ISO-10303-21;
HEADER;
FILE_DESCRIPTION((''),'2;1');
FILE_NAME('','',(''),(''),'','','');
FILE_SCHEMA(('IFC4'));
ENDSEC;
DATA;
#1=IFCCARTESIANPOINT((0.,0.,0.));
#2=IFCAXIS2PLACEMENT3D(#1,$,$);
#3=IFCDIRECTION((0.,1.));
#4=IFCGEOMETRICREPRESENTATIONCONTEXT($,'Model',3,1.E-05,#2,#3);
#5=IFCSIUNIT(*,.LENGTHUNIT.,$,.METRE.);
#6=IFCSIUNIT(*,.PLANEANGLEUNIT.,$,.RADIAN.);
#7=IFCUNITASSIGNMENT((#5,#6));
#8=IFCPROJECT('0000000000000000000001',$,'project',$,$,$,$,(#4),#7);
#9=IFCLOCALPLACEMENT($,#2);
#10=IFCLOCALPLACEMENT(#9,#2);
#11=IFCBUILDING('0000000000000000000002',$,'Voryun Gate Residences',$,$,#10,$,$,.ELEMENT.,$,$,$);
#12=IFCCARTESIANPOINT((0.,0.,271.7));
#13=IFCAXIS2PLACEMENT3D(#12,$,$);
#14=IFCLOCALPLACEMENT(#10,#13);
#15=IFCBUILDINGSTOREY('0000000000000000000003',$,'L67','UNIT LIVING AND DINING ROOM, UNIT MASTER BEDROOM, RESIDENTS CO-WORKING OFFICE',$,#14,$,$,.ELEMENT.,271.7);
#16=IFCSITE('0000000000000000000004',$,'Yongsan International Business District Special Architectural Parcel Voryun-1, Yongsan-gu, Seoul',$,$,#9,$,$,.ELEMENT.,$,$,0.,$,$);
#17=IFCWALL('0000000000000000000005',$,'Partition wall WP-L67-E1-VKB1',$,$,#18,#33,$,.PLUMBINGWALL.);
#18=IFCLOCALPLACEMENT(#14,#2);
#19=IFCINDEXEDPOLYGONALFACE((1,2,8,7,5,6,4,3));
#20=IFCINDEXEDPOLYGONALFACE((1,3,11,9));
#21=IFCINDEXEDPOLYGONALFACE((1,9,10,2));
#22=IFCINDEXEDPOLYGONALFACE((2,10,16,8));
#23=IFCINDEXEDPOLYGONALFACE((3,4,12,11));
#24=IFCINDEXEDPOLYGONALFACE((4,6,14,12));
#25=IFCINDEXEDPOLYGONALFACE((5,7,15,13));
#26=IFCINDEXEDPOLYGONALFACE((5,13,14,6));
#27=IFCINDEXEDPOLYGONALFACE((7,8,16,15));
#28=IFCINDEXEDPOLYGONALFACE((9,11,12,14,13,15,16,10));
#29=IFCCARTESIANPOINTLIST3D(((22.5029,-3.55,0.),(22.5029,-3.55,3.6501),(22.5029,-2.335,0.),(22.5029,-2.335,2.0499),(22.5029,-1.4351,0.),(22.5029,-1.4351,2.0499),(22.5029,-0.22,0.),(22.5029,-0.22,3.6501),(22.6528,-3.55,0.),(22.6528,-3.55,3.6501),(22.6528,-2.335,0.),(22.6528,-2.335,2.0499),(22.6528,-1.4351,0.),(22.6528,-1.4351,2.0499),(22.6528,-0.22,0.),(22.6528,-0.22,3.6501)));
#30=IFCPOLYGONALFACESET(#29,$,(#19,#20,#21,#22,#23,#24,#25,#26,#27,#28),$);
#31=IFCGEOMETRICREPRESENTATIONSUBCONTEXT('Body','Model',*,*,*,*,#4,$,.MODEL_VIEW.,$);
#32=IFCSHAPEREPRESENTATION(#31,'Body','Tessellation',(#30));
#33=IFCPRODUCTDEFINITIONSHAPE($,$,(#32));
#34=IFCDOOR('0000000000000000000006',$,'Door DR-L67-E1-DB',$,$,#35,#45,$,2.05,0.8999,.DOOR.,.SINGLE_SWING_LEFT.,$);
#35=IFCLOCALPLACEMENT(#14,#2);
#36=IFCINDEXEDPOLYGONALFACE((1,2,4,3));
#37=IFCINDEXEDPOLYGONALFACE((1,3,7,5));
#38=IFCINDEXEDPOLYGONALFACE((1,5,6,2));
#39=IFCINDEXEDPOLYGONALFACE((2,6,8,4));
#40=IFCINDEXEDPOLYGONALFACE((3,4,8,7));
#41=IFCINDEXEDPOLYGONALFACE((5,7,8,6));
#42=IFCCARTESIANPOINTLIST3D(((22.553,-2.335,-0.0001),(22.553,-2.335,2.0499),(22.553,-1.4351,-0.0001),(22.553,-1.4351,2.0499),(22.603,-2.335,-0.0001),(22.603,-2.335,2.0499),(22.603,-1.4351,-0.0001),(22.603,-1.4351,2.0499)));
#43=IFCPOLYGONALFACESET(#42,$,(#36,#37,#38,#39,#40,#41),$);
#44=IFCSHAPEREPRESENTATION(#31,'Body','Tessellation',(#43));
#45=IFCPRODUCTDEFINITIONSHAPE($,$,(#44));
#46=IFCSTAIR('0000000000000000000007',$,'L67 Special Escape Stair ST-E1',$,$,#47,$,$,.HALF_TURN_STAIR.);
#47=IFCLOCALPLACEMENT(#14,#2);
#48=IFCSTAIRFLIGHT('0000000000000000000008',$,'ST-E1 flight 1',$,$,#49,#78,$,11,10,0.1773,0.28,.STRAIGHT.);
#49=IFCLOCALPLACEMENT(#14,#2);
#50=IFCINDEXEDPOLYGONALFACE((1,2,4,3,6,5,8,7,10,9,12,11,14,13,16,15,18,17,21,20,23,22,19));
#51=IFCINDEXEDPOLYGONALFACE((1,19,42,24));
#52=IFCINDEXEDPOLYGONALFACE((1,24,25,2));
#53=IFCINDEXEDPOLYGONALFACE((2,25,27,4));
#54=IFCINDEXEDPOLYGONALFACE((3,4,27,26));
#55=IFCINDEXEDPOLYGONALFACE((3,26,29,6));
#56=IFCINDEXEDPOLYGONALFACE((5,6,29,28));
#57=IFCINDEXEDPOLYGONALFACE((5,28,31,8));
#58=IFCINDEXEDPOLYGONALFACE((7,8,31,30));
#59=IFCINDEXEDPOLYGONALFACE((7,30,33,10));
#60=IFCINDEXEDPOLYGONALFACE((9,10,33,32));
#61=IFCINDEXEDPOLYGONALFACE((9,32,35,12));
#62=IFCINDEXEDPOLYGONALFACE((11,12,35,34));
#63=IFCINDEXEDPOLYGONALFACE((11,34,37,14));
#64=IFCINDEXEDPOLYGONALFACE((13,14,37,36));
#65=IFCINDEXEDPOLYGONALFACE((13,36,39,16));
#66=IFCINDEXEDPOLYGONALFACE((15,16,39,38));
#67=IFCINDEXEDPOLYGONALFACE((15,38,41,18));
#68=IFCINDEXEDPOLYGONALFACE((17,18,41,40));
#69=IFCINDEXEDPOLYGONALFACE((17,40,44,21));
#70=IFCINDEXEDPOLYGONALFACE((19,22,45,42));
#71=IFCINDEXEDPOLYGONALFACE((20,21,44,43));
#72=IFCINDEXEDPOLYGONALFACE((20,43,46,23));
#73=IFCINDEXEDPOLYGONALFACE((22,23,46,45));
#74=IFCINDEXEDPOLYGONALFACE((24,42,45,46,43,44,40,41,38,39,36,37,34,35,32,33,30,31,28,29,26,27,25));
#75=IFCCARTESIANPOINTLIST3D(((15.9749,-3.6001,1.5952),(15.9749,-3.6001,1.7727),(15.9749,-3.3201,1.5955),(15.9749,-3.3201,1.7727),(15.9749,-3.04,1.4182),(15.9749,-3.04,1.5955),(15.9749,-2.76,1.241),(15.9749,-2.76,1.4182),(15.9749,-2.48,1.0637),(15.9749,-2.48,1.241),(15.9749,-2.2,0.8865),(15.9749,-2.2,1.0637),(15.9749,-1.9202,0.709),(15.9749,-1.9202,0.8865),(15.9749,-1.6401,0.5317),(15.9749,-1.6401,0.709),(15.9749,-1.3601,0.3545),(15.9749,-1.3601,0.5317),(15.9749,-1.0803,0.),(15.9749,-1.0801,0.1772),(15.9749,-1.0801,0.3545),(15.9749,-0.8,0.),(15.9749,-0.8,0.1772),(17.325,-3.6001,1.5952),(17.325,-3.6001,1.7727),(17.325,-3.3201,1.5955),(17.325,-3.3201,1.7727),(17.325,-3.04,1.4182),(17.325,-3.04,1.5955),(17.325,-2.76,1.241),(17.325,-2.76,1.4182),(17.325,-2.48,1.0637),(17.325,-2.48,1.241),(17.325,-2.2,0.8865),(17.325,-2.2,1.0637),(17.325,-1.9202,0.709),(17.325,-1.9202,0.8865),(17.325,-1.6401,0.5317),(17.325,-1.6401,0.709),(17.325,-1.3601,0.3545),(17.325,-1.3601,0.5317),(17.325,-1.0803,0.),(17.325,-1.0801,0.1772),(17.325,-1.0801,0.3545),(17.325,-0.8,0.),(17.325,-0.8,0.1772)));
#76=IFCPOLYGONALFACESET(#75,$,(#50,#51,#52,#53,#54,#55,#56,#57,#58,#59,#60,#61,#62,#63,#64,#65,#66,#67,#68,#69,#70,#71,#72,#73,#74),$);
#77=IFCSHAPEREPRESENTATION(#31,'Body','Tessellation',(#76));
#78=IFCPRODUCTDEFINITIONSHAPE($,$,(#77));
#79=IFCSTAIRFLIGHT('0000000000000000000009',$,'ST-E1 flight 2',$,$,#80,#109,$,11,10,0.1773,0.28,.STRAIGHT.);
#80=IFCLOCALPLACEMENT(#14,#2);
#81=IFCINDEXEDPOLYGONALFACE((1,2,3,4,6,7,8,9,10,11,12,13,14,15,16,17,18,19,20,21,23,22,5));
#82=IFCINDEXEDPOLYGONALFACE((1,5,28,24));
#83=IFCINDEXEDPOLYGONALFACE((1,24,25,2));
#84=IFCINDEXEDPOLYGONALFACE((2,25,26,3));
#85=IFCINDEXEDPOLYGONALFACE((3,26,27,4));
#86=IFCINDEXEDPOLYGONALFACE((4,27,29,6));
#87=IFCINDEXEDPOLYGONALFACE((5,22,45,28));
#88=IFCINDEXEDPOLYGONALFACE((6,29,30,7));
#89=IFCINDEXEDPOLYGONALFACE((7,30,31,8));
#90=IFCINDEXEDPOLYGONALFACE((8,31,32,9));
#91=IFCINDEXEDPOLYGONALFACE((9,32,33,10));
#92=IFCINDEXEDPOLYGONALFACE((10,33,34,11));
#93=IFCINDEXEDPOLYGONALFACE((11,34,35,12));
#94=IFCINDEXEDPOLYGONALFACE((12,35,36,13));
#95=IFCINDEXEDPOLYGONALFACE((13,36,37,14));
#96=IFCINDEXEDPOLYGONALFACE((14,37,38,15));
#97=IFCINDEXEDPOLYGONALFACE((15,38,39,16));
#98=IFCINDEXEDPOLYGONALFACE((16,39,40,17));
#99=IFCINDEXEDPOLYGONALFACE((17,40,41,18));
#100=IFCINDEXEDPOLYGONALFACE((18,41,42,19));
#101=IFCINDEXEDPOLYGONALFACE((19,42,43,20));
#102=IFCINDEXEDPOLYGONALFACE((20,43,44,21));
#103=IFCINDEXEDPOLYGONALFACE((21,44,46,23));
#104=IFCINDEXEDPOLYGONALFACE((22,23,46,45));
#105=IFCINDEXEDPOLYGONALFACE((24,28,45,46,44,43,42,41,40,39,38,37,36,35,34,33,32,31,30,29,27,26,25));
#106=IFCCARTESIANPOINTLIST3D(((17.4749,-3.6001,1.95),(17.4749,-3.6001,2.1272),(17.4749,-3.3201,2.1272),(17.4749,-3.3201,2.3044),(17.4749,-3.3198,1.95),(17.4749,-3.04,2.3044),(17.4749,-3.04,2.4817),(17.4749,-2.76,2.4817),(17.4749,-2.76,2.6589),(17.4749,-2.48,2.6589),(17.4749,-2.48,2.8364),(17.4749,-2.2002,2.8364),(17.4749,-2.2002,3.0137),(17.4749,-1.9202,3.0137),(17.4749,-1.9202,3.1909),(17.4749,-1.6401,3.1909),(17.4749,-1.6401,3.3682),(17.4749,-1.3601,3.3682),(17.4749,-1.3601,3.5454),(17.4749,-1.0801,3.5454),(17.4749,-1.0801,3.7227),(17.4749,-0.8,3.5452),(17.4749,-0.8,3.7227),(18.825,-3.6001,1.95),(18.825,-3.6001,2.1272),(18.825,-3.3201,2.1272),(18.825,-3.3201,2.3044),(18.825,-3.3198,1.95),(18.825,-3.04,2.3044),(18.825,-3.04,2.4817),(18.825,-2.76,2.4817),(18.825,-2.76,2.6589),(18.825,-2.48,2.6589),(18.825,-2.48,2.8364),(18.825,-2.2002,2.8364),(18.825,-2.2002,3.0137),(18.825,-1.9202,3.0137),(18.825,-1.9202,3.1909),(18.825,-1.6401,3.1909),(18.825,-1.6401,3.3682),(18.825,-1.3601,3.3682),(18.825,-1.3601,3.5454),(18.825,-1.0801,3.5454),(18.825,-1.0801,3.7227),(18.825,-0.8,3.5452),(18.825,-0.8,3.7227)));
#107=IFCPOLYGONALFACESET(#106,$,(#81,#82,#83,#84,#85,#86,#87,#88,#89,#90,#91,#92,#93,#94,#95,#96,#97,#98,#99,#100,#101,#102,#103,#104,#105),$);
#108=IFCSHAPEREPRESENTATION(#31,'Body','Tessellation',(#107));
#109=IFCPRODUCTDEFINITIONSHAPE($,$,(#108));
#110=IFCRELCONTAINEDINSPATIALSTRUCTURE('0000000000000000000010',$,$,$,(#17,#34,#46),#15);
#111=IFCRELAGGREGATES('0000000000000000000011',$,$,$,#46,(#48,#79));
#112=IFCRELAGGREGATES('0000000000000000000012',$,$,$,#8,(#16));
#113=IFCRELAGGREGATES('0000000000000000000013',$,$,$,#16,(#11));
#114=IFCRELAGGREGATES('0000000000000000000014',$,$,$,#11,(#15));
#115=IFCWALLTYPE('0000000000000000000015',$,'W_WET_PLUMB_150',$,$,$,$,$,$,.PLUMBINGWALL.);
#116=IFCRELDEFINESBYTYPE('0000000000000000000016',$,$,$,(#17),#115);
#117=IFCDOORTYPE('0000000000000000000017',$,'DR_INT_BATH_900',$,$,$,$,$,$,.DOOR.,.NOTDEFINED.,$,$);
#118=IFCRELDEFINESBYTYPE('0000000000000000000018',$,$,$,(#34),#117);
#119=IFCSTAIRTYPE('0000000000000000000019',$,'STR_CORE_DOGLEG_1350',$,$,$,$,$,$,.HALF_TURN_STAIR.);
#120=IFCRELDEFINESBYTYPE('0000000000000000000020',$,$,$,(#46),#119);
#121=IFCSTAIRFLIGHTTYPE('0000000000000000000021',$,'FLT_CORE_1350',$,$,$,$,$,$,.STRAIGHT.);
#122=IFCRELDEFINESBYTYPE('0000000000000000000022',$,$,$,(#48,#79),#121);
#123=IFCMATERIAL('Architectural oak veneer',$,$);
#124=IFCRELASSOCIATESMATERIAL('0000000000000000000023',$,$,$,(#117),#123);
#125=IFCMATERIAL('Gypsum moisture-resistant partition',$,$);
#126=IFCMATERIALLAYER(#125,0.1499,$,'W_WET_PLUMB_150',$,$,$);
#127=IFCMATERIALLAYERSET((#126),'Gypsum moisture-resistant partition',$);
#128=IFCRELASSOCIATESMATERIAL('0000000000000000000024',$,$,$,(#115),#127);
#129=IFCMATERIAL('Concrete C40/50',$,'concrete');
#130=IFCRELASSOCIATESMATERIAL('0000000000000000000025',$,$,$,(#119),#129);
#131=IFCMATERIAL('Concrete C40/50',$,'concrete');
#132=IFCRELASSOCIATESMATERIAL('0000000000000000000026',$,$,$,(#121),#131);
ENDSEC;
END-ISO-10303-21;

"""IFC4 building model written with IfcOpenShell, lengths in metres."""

from ifc_helpers import new_model, si_unit, direction, frame, frame_2d, origin, place, context, subcontext, project, spatial, polyline, rectangle, outline, extrude, material, layer, layer_set, type_object, element, fill, aggregate, save


model = new_model("IFC4")

# Units and contexts
model_context = context("Model", 3, precision=1e-05, world=origin(), true_north=direction((0.0, 1.0)))
body_context = subcontext(model_context, "Body", "Model", "MODEL_VIEW")
ifc_project = project(units=[si_unit("LENGTHUNIT", "METRE"), si_unit("PLANEANGLEUNIT", "RADIAN")], contexts=[model_context])

# Site, building, storey
site_placement = place(None, origin())
site = spatial("IfcSite", under=ifc_project, at=site_placement, Name="Yongsan International Business District Special Architectural Parcel Voryun-1, Yongsan-gu, Seoul", CompositionType="ELEMENT", RefElevation=0.0)
building_placement = place(site_placement, origin())
building = spatial("IfcBuilding", under=site, at=building_placement, Name="Voryun Gate Residences", CompositionType="ELEMENT")
storey_placement = place(building_placement, frame((0.0, 0.0, 271.7)))
storey = spatial("IfcBuildingStorey", under=building, at=storey_placement, Name="L67", Description="UNIT LIVING AND DINING ROOM, UNIT MASTER BEDROOM, RESIDENTS CO-WORKING OFFICE", CompositionType="ELEMENT", Elevation=271.7)

# Wall, opening, door
ifc_material_1 = material(Name="Architectural oak veneer")
door_type = type_object("IfcDoorType", Name="DR_INT_BATH_900", OperationType="NOTDEFINED", PredefinedType="DOOR", material=ifc_material_1)
ifc_material_2 = material(Name="Gypsum moisture-resistant partition")
ifc_layer_1 = layer(ifc_material_2, 0.1499, Name="W_WET_PLUMB_150")
ifc_layer_set_1 = layer_set([ifc_layer_1], Name="Gypsum moisture-resistant partition")
wall_type_1 = type_object("IfcWallType", Name="W_WET_PLUMB_150", PredefinedType="PLUMBINGWALL", material=ifc_layer_set_1)
wall_1_placement = place(storey_placement, frame((22.5779, -3.55, 0.0), z_axis=(0.0, 0.0, 1.0), x_axis=(0.0, 1.0, 0.0)))
wall_1 = element("IfcWall", 1, at=wall_1_placement, inside=storey, type_object=wall_type_1, Name="Partition wall WP-L67-E1-VKB1", PredefinedType="PLUMBINGWALL", context=body_context, shape_type="SweptSolid", body=[
    extrude(rectangle(XDim=3.3301, YDim=0.1499, at=frame_2d((1.665, 0.0))), origin(), (0.0, 0.0, 1.0), 3.6501),
])
opening_1_placement = place(wall_1_placement, frame((1.2151, 0.0, 0.0)))
opening_1 = element("IfcOpeningElement", 2, at=opening_1_placement, cuts=wall_1, PredefinedType="OPENING", context=body_context, shape_type="SweptSolid", body=[
    extrude(rectangle(XDim=0.8999, YDim=2.05, at=frame_2d((0.45, 1.0249))), frame((0.0, 0.085, 0.0), z_axis=(0.0, -1.0, 0.0), x_axis=(1.0, 0.0, 0.0)), (0.0, 0.0, 1.0), 0.1699),
])
door_1_placement = place(opening_1_placement, origin())
door_1 = element("IfcDoor", 3, at=door_1_placement, inside=storey, type_object=door_type, Name="Door DR-L67-E1-DB", OperationType="SINGLE_SWING_LEFT", OverallHeight=2.05, OverallWidth=0.8999, PredefinedType="DOOR", context=body_context, shape_type="SweptSolid", body=[
    extrude(rectangle(XDim=0.8999, YDim=2.05, at=frame_2d((0.45, 1.0249))), frame((0.0, 0.0249, 0.0), z_axis=(0.0, -1.0, 0.0), x_axis=(1.0, 0.0, 0.0)), (0.0, 0.0, 1.0), 0.05),
])
fill(opening_1, door_1)

# Stair, stair flights
ifc_material_3 = material(Name="Concrete C40/50", Category="concrete")
stair_type = type_object("IfcStairType", Name="STR_CORE_DOGLEG_1350", PredefinedType="HALF_TURN_STAIR", material=ifc_material_3)
stair_placement = place(storey_placement, origin())
stair = element("IfcStair", 4, at=stair_placement, inside=storey, type_object=stair_type, Name="L67 Special Escape Stair ST-E1", PredefinedType="HALF_TURN_STAIR")
ifc_material_4 = material(Name="Concrete C40/50", Category="concrete")
stair_flight_type = type_object("IfcStairFlightType", Name="FLT_CORE_1350", PredefinedType="STRAIGHT", material=ifc_material_4)
stair_flight_1_placement = place(storey_placement, frame((16.6499, -0.8, 0.0), z_axis=(0.0, 0.0, 1.0), x_axis=(0.0, -1.0, 0.0)))
stair_flight_1 = element("IfcStairFlight", 5, at=stair_flight_1_placement, type_object=stair_flight_type, Name="ST-E1 flight 1", NumberOfRisers=11, NumberOfTreads=10, PredefinedType="STRAIGHT", RiserHeight=0.1773, TreadLength=0.28, context=body_context, shape_type="SweptSolid", body=[
    extrude(outline(polyline([(0.0, 0.0), (0.0, 0.1772), (0.28, 0.1772), (0.28, 0.3545), (0.5601, 0.3545), (0.5601, 0.5317), (0.8401, 0.5317), (0.8401, 0.709), (1.1201, 0.709), (1.1201, 0.8865), (1.3999, 0.8865), (1.3999, 1.0637), (1.6799, 1.0637), (1.6799, 1.241), (1.96, 1.241), (1.96, 1.4182), (2.24, 1.4182), (2.24, 1.5955), (2.52, 1.5955), (2.52, 1.7727), (2.8, 1.7727), (2.8, 1.95), (2.8, 1.5952), (0.2803, 0.0), (0.0, 0.0)])), frame((0.0, 0.675, 0.0), z_axis=(0.0, -1.0, 0.0), x_axis=(1.0, 0.0, 0.0)), (0.0, 0.0, 1.0), 1.3501),
])
stair_flight_2_placement = place(storey_placement, frame((18.1499, -3.6001, 1.95), z_axis=(0.0, 0.0, 1.0), x_axis=(0.0, 1.0, 0.0)))
stair_flight_2 = element("IfcStairFlight", 6, at=stair_flight_2_placement, type_object=stair_flight_type, Name="ST-E1 flight 2", NumberOfRisers=11, NumberOfTreads=10, PredefinedType="STRAIGHT", RiserHeight=0.1773, TreadLength=0.28, context=body_context, shape_type="SweptSolid", body=[
    extrude(outline(polyline([(0.0, 0.0), (0.0, 0.1772), (0.28, 0.1772), (0.28, 0.3545), (0.5601, 0.3545), (0.5601, 0.5317), (0.8401, 0.5317), (0.8401, 0.709), (1.1201, 0.709), (1.1201, 0.8865), (1.3999, 0.8865), (1.3999, 1.0637), (1.6799, 1.0637), (1.6799, 1.241), (1.96, 1.241), (1.96, 1.4182), (2.24, 1.4182), (2.24, 1.5955), (2.52, 1.5955), (2.52, 1.7727), (2.8, 1.7727), (2.8, 1.95), (2.8, 1.5952), (0.2803, 0.0), (0.0, 0.0)])), frame((0.0, 0.675, 0.0), z_axis=(0.0, -1.0, 0.0), x_axis=(1.0, 0.0, 0.0)), (0.0, 0.0, 1.0), 1.3501),
])
aggregate(stair, [stair_flight_1, stair_flight_2])

save(model, "model.ifc")
